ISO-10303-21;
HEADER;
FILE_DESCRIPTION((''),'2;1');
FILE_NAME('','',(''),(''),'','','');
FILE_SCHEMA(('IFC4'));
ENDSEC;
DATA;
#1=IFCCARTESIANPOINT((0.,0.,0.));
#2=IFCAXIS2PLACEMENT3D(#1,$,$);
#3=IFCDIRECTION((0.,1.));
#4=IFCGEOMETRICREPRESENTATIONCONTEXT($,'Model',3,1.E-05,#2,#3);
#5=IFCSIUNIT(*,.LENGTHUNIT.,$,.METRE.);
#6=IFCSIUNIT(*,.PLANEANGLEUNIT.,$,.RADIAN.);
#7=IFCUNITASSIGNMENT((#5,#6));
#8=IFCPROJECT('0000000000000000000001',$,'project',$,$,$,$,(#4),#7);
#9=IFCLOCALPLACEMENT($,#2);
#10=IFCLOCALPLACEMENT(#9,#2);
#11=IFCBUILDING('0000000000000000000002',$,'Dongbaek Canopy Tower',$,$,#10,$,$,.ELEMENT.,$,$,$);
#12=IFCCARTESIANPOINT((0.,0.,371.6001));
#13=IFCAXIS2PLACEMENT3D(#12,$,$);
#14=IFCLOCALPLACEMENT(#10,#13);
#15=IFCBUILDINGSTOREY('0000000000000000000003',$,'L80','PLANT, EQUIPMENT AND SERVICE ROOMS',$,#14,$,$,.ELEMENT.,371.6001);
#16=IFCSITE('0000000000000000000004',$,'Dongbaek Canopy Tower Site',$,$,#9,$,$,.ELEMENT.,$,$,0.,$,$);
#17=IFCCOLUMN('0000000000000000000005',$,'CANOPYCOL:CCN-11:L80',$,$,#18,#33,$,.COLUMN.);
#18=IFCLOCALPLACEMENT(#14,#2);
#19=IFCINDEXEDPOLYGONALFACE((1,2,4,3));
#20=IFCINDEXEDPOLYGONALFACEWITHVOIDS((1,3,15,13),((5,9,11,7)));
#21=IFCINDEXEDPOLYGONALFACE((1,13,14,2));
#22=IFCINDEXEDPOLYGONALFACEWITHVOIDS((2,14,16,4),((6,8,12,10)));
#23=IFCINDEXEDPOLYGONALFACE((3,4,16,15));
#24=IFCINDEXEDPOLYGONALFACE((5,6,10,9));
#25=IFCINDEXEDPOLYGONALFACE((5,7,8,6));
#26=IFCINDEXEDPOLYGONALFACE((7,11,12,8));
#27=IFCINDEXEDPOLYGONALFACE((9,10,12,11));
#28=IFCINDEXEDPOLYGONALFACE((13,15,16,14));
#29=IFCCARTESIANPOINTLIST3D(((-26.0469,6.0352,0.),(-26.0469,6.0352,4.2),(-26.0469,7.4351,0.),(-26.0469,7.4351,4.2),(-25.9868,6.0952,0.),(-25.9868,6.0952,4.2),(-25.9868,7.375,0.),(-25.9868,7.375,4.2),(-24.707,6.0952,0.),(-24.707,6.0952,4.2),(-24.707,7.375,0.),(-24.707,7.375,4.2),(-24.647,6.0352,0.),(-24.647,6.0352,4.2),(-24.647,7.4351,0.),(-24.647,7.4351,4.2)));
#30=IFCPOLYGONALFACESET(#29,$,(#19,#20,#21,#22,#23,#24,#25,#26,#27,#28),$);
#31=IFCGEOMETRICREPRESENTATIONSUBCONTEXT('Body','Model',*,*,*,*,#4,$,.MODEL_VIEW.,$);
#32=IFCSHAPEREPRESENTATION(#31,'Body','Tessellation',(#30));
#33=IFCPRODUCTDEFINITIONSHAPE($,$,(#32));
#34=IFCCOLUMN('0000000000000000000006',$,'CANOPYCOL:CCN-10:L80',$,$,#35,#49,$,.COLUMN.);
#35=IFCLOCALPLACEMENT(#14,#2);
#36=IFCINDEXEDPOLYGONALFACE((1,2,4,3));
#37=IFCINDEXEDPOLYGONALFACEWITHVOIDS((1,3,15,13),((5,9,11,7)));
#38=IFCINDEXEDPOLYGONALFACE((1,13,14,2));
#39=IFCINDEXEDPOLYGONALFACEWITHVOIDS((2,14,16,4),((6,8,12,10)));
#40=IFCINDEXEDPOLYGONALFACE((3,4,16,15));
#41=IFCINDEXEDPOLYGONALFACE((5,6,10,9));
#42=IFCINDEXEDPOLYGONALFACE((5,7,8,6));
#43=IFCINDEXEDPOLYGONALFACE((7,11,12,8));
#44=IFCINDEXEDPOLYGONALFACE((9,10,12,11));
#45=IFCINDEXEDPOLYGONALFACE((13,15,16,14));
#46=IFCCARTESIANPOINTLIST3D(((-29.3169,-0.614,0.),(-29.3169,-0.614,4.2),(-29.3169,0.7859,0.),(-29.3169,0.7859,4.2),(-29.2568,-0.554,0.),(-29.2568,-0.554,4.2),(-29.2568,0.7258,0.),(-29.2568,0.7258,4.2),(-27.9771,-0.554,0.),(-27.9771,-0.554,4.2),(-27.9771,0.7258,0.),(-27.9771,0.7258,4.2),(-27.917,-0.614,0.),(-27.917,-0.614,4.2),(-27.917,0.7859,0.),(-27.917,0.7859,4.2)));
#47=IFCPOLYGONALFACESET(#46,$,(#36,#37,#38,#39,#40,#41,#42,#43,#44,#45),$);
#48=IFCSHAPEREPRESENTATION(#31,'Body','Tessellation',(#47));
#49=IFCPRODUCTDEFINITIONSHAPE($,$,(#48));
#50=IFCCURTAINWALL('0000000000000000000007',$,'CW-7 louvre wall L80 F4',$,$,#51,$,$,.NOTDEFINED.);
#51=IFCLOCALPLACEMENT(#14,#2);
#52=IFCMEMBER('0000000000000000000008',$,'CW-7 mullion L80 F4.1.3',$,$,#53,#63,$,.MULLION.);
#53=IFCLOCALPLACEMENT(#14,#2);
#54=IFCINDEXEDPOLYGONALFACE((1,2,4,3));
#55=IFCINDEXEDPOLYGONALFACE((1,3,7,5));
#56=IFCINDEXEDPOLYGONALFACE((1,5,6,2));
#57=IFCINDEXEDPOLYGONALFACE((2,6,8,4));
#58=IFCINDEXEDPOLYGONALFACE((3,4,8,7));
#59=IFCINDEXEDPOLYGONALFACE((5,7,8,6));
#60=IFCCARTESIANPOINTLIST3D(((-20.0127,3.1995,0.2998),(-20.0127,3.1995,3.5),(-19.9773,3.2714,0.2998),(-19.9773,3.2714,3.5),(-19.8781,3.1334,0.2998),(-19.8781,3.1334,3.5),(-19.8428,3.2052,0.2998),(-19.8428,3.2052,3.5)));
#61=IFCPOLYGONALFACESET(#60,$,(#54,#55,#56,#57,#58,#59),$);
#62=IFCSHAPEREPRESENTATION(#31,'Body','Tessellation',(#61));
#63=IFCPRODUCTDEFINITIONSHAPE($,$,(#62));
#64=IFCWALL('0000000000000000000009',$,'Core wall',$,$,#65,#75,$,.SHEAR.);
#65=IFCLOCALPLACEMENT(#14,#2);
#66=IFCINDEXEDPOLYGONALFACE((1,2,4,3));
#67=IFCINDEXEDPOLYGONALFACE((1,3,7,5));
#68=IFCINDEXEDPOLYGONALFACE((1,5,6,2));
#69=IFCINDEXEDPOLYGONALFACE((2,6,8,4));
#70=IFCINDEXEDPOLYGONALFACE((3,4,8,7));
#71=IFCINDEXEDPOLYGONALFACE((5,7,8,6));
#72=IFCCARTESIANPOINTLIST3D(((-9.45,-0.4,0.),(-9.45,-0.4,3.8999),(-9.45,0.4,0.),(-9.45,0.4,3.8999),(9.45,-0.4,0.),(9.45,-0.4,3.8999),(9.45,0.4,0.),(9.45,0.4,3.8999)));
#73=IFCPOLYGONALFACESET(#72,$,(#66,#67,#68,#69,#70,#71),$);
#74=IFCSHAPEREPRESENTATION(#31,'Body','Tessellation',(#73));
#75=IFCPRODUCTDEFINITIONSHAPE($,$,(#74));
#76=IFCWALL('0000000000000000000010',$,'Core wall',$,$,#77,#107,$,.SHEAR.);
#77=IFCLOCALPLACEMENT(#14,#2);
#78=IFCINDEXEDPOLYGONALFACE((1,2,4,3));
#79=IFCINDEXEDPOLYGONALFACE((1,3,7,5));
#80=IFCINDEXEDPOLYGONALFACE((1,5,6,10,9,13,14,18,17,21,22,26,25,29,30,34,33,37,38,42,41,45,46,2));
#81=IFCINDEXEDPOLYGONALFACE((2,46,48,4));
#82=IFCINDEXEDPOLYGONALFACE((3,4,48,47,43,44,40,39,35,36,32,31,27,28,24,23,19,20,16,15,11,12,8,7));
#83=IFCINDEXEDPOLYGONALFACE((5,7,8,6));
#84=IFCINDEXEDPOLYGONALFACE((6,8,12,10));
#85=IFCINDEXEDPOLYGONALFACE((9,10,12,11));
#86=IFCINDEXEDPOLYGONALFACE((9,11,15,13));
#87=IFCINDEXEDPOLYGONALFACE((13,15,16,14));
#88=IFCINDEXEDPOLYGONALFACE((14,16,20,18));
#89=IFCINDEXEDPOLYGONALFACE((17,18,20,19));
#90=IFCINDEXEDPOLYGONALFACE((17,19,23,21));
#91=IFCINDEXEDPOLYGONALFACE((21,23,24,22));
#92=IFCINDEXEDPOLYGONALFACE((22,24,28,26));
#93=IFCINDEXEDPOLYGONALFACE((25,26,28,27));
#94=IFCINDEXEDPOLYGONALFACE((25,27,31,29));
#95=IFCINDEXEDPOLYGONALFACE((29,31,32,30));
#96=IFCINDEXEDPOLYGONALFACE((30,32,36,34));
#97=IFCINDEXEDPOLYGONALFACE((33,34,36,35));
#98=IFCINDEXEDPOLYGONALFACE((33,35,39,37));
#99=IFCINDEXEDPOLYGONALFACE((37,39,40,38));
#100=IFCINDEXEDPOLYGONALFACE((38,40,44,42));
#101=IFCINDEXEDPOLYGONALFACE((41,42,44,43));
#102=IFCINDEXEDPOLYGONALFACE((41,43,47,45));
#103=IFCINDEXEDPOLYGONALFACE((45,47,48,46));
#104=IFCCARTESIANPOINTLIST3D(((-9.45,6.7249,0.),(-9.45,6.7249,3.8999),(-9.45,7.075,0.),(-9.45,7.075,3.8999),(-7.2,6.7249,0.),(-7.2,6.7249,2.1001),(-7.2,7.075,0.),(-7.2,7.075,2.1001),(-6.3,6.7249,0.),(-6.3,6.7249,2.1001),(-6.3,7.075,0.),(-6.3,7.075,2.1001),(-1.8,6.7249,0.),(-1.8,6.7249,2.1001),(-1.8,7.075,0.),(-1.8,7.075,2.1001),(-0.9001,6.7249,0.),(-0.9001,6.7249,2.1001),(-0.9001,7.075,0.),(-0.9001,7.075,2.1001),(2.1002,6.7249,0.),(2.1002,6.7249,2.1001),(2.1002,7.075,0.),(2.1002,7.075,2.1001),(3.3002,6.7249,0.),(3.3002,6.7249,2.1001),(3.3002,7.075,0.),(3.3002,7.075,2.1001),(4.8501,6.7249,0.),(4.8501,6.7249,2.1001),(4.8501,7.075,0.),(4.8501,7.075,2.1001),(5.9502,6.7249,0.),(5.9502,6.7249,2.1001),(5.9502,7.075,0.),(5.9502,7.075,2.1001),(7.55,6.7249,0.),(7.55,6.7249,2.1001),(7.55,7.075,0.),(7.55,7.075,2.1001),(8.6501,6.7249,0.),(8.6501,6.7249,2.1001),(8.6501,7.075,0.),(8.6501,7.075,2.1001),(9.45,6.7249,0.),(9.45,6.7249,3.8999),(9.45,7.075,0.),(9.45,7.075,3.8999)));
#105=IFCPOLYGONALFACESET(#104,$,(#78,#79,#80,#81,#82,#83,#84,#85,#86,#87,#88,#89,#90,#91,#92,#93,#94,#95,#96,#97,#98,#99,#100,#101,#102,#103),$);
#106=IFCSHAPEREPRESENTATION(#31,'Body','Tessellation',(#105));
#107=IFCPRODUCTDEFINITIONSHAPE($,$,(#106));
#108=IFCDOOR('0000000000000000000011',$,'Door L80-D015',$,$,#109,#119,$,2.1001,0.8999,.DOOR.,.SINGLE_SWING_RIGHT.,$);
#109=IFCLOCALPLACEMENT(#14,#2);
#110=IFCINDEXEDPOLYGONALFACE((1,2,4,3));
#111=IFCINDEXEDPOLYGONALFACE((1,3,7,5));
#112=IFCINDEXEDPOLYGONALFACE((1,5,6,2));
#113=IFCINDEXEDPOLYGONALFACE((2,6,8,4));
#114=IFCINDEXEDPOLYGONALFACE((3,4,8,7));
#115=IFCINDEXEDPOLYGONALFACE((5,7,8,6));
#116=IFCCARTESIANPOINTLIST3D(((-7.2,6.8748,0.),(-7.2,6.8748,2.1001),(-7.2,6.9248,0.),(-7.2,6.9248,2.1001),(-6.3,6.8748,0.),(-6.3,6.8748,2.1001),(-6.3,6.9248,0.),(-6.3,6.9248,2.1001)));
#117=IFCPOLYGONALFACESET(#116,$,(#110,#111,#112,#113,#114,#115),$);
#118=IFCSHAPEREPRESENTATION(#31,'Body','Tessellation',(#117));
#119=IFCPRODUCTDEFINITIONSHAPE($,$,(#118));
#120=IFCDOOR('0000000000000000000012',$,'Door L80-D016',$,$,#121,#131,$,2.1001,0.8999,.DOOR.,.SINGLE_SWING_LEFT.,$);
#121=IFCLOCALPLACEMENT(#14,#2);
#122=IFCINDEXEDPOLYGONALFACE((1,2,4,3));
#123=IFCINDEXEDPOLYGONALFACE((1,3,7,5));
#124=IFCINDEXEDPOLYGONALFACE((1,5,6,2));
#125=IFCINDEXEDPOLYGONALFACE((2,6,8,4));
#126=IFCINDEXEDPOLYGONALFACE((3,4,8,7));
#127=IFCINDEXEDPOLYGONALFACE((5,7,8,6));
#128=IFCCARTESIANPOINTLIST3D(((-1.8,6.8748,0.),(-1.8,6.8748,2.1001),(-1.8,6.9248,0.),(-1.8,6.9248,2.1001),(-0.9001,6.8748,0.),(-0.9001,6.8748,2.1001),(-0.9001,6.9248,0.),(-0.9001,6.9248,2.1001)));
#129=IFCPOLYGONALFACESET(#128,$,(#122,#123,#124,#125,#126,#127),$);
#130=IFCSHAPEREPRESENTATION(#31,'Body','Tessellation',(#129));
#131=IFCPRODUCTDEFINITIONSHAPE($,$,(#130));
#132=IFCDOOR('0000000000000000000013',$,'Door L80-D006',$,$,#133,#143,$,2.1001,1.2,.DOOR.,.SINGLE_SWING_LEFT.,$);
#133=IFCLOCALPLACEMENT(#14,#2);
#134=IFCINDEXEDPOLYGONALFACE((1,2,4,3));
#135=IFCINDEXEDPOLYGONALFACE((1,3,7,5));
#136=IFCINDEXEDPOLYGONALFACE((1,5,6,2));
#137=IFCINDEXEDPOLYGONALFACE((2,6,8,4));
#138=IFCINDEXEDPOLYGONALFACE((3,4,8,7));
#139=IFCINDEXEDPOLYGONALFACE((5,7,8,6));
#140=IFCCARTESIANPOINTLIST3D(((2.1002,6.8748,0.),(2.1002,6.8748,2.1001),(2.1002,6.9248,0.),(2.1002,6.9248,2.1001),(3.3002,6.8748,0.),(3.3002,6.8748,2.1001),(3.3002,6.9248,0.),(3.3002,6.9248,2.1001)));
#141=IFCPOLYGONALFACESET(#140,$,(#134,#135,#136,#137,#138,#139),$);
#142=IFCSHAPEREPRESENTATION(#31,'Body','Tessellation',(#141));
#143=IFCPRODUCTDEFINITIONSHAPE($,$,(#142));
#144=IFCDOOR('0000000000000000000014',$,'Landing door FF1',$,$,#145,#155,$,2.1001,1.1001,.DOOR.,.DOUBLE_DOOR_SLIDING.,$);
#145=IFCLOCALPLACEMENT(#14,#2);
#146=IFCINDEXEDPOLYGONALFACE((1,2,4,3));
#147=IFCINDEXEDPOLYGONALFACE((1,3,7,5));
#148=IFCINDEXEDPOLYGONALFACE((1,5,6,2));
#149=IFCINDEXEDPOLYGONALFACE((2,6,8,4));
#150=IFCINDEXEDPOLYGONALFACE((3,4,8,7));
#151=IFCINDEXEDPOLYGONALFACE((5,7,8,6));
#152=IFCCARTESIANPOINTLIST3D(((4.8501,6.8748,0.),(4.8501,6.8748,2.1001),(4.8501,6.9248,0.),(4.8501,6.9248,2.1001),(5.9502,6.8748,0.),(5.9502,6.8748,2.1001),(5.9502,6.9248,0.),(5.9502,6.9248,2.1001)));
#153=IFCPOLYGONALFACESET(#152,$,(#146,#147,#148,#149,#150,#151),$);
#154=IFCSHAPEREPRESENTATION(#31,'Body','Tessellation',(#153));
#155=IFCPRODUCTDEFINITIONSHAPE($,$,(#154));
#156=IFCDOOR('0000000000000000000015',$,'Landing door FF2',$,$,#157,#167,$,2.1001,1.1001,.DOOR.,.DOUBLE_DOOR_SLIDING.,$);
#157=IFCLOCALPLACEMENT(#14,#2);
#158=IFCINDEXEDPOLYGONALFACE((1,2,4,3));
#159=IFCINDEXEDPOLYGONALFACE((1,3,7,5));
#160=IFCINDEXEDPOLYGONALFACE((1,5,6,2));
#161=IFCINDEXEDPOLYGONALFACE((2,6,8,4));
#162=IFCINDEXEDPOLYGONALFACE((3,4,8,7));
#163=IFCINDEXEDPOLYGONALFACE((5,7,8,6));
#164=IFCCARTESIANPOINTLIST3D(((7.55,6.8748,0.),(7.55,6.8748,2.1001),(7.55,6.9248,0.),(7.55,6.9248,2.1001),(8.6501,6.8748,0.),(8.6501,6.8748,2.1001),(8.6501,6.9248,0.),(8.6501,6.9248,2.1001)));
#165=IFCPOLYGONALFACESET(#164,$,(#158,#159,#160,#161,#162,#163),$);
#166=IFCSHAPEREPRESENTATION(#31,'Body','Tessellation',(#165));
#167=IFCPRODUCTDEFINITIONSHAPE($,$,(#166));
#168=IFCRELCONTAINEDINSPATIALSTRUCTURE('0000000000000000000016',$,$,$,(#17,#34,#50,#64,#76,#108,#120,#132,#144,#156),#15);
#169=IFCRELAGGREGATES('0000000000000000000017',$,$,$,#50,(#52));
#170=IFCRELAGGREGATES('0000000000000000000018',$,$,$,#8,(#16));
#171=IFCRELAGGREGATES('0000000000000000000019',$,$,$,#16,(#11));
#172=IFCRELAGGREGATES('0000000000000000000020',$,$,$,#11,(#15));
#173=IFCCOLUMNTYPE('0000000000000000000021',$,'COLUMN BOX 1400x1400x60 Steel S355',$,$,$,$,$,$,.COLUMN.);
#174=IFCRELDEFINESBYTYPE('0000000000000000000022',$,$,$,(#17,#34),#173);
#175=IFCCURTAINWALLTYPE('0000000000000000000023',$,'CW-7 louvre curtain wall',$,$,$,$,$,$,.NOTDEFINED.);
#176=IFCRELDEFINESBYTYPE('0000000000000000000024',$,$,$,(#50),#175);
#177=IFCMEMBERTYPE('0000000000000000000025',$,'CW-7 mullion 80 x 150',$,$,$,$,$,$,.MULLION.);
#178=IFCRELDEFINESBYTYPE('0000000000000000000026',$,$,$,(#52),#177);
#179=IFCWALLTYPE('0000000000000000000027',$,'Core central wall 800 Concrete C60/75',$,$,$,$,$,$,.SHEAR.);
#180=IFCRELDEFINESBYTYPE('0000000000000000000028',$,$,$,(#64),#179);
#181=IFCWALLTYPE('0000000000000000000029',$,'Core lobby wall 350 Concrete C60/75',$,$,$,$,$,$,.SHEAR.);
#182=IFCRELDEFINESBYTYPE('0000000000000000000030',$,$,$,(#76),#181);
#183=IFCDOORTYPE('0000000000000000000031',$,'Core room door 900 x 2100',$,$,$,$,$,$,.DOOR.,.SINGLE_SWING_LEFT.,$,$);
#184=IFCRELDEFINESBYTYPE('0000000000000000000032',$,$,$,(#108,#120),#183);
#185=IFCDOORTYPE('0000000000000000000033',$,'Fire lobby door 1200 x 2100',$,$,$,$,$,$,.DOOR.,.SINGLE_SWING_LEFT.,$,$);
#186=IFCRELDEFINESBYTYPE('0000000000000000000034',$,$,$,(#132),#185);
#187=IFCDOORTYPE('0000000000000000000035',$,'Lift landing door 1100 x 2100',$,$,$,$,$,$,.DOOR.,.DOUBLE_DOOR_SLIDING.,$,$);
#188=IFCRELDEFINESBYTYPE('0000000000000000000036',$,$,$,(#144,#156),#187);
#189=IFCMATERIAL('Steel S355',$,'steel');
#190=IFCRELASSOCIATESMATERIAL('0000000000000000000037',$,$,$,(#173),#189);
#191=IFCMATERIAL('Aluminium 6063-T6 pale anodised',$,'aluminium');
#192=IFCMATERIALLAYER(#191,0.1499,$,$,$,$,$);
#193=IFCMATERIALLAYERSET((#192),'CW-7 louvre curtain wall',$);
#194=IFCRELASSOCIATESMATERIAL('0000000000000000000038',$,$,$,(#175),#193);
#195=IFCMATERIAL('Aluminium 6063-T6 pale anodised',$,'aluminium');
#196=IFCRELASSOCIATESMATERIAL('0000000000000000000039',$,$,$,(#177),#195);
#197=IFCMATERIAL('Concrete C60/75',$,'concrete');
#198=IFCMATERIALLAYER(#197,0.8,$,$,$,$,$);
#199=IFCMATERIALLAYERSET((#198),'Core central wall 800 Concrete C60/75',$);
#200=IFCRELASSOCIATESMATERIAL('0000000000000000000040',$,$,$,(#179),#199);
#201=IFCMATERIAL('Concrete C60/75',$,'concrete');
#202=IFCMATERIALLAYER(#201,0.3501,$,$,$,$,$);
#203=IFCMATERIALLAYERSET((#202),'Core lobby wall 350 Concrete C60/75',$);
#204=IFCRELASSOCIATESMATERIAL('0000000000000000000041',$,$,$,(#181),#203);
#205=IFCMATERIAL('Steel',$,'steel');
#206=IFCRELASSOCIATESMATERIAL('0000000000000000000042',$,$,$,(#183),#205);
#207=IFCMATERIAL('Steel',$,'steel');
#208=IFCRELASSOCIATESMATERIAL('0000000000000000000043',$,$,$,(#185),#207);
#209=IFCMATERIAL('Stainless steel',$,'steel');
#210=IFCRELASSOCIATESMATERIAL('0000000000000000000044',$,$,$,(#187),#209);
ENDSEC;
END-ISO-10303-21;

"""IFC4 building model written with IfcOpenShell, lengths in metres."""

from ifc_helpers import new_model, si_unit, direction, frame, frame_2d, origin, origin_2d, place, context, subcontext, project, spatial, rectangle, hollow_rectangle, extrude, material, layer, layer_set, material_profile, profile_set, type_object, element, fill, aggregate, save


model = new_model("IFC4")

# Units and contexts
model_context = context("Model", 3, precision=1e-05, world=origin(), true_north=direction((0.0, 1.0)))
body_context = subcontext(model_context, "Body", "Model", "MODEL_VIEW")
ifc_project = project(units=[si_unit("LENGTHUNIT", "METRE"), si_unit("PLANEANGLEUNIT", "RADIAN")], contexts=[model_context])

# Site, building, storey
site_placement = place(None, origin())
site = spatial("IfcSite", under=ifc_project, at=site_placement, Name="Dongbaek Canopy Tower Site", CompositionType="ELEMENT", RefElevation=0.0)
building_placement = place(site_placement, origin())
building = spatial("IfcBuilding", under=site, at=building_placement, Name="Dongbaek Canopy Tower", CompositionType="ELEMENT")
storey_placement = place(building_placement, frame((0.0, 0.0, 371.6001)))
storey = spatial("IfcBuildingStorey", under=building, at=storey_placement, Name="L80", Description="PLANT, EQUIPMENT AND SERVICE ROOMS", CompositionType="ELEMENT", Elevation=371.6001)

# Columns
ifc_material_1 = material(Name="Steel S355", Category="steel")
ifc_material_profile_1 = material_profile(ifc_material_1, hollow_rectangle(XDim=1.3999, YDim=1.3999, WallThickness=0.0601, at=origin_2d()), Name="COLUMN BOX 1400x1400x60 Steel S355")
ifc_profile_set_1 = profile_set([ifc_material_profile_1], Name="Steel S355")
column_type = type_object("IfcColumnType", Name="COLUMN BOX 1400x1400x60 Steel S355", PredefinedType="COLUMN", material=ifc_profile_set_1)
for number, where, z_axis, x_axis, name in (
    (1, (-25.3469, 6.7351, 0.0), (0.0, 0.0, 1.0), (1.0, 0.0, 0.0), "CANOPYCOL:CCN-11:L80"),
    (2, (-28.6169, 0.0859, 0.0), (0.0, 0.0, 1.0), (1.0, 0.0, 0.0), "CANOPYCOL:CCN-10:L80"),
):
    element("IfcColumn", number, at=place(storey_placement, frame(where, z_axis=z_axis, x_axis=x_axis)), inside=storey, type_object=column_type, Name=name, PredefinedType="COLUMN", context=body_context, shape_type="SweptSolid", body=[
        extrude(hollow_rectangle(XDim=1.3999, YDim=1.3999, WallThickness=0.0601, at=origin_2d()), origin(), (0.0, 0.0, 1.0), 4.2),
    ])

# Curtain wall, member
ifc_material_2 = material(Name="Aluminium 6063-T6 pale anodised", Category="aluminium")
ifc_layer_1 = layer(ifc_material_2, 0.1499)
ifc_layer_set_1 = layer_set([ifc_layer_1], Name="CW-7 louvre curtain wall")
curtain_wall_type = type_object("IfcCurtainWallType", Name="CW-7 louvre curtain wall", PredefinedType="NOTDEFINED", material=ifc_layer_set_1)
curtain_wall_placement = place(storey_placement, origin())
curtain_wall = element("IfcCurtainWall", 3, at=curtain_wall_placement, inside=storey, type_object=curtain_wall_type, Name="CW-7 louvre wall L80 F4", PredefinedType="NOTDEFINED")
ifc_material_3 = material(Name="Aluminium 6063-T6 pale anodised", Category="aluminium")
ifc_material_profile_2 = material_profile(ifc_material_3, rectangle(XDim=0.1499, YDim=0.0801, at=origin_2d()), Name="CW-7 mullion 80 x 150")
ifc_profile_set_2 = profile_set([ifc_material_profile_2], Name="Aluminium 6063-T6 pale anodised")
member_type = type_object("IfcMemberType", Name="CW-7 mullion 80 x 150", PredefinedType="MULLION", material=ifc_profile_set_2)
member_placement = place(storey_placement, frame((-19.9277, 3.2024, 0.2998), z_axis=(0.0, 0.0, 1.0), x_axis=(-0.897339, 0.441342, 0.0)))
member = element("IfcMember", 4, at=member_placement, type_object=member_type, Name="CW-7 mullion L80 F4.1.3", PredefinedType="MULLION", context=body_context, shape_type="SweptSolid", body=[
    extrude(rectangle(XDim=0.1499, YDim=0.0801, at=origin_2d()), origin(), (0.0, 0.0, 1.0), 3.2002),
])

# Wall
ifc_material_4 = material(Name="Concrete C60/75", Category="concrete")
ifc_layer_2 = layer(ifc_material_4, 0.8)
ifc_layer_set_2 = layer_set([ifc_layer_2], Name="Core central wall 800 Concrete C60/75")
wall_type_1 = type_object("IfcWallType", Name="Core central wall 800 Concrete C60/75", PredefinedType="SHEAR", material=ifc_layer_set_2)
wall_1_placement = place(storey_placement, frame((-9.45, 0.0, 0.0), z_axis=(0.0, 0.0, 1.0), x_axis=(1.0, 0.0, 0.0)))
element("IfcWall", 5, at=wall_1_placement, inside=storey, type_object=wall_type_1, Name="Core wall", PredefinedType="SHEAR", context=body_context, shape_type="SweptSolid", body=[
    extrude(rectangle(XDim=18.8999, YDim=0.8, at=frame_2d((9.45, 0.0))), origin(), (0.0, 0.0, 1.0), 3.8999),
])

# Wall, openings, doors
ifc_material_5 = material(Name="Concrete C60/75", Category="concrete")
ifc_layer_3 = layer(ifc_material_5, 0.3501)
ifc_layer_set_3 = layer_set([ifc_layer_3], Name="Core lobby wall 350 Concrete C60/75")
wall_type_2 = type_object("IfcWallType", Name="Core lobby wall 350 Concrete C60/75", PredefinedType="SHEAR", material=ifc_layer_set_3)
wall_2_placement = place(storey_placement, frame((-9.45, 6.8999, 0.0), z_axis=(0.0, 0.0, 1.0), x_axis=(1.0, 0.0, 0.0)))
wall_2 = element("IfcWall", 6, at=wall_2_placement, inside=storey, type_object=wall_type_2, Name="Core wall", PredefinedType="SHEAR", context=body_context, shape_type="SweptSolid", body=[
    extrude(rectangle(XDim=18.8999, YDim=0.3501, at=frame_2d((9.45, 0.0))), origin(), (0.0, 0.0, 1.0), 3.8999),
])
opening_1_placement = place(wall_2_placement, frame((11.55, 0.0, 0.0)))
opening_1 = element("IfcOpeningElement", 7, at=opening_1_placement, cuts=wall_2, PredefinedType="OPENING", context=body_context, shape_type="SweptSolid", body=[
    extrude(rectangle(XDim=1.2, YDim=2.1001, at=frame_2d((0.6001, 1.05))), frame((0.0, 0.1851, 0.0), z_axis=(0.0, -1.0, 0.0), x_axis=(1.0, 0.0, 0.0)), (0.0, 0.0, 1.0), 0.3701),
])
opening_2_placement = place(wall_2_placement, frame((14.3, 0.0, 0.0)))
opening_2 = element("IfcOpeningElement", 8, at=opening_2_placement, cuts=wall_2, PredefinedType="OPENING", context=body_context, shape_type="SweptSolid", body=[
    extrude(rectangle(XDim=1.1001, YDim=2.1001, at=frame_2d((0.55, 1.05))), frame((0.0, 0.1851, 0.0), z_axis=(0.0, -1.0, 0.0), x_axis=(1.0, 0.0, 0.0)), (0.0, 0.0, 1.0), 0.3701),
])
opening_3_placement = place(wall_2_placement, frame((17.0, 0.0, 0.0)))
opening_3 = element("IfcOpeningElement", 9, at=opening_3_placement, cuts=wall_2, PredefinedType="OPENING", context=body_context, shape_type="SweptSolid", body=[
    extrude(rectangle(XDim=1.1001, YDim=2.1001, at=frame_2d((0.55, 1.05))), frame((0.0, 0.1851, 0.0), z_axis=(0.0, -1.0, 0.0), x_axis=(1.0, 0.0, 0.0)), (0.0, 0.0, 1.0), 0.3701),
])
opening_4_placement = place(wall_2_placement, frame((2.25, 0.0, 0.0)))
opening_4 = element("IfcOpeningElement", 10, at=opening_4_placement, cuts=wall_2, PredefinedType="OPENING", context=body_context, shape_type="SweptSolid", body=[
    extrude(rectangle(XDim=0.8999, YDim=2.1001, at=frame_2d((0.45, 1.05))), frame((0.0, 0.1851, 0.0), z_axis=(0.0, -1.0, 0.0), x_axis=(1.0, 0.0, 0.0)), (0.0, 0.0, 1.0), 0.3701),
])
opening_5_placement = place(wall_2_placement, frame((7.6499, 0.0, 0.0)))
opening_5 = element("IfcOpeningElement", 11, at=opening_5_placement, cuts=wall_2, PredefinedType="OPENING", context=body_context, shape_type="SweptSolid", body=[
    extrude(rectangle(XDim=0.8999, YDim=2.1001, at=frame_2d((0.45, 1.05))), frame((0.0, 0.1851, 0.0), z_axis=(0.0, -1.0, 0.0), x_axis=(1.0, 0.0, 0.0)), (0.0, 0.0, 1.0), 0.3701),
])
ifc_material_6 = material(Name="Steel", Category="steel")
door_type_1 = type_object("IfcDoorType", Name="Core room door 900 x 2100", OperationType="SINGLE_SWING_LEFT", PredefinedType="DOOR", material=ifc_material_6)
door_1_placement = place(opening_4_placement, origin())
door_1 = element("IfcDoor", 12, at=door_1_placement, inside=storey, type_object=door_type_1, Name="Door L80-D015", OperationType="SINGLE_SWING_RIGHT", OverallHeight=2.1001, OverallWidth=0.8999, PredefinedType="DOOR", context=body_context, shape_type="SweptSolid", body=[
    extrude(rectangle(XDim=0.8999, YDim=2.1001, at=frame_2d((0.45, 1.05))), frame((0.0, 0.0249, 0.0), z_axis=(0.0, -1.0, 0.0), x_axis=(1.0, 0.0, 0.0)), (0.0, 0.0, 1.0), 0.05),
])
fill(opening_4, door_1)
door_2_placement = place(opening_5_placement, origin())
door_2 = element("IfcDoor", 13, at=door_2_placement, inside=storey, type_object=door_type_1, Name="Door L80-D016", OperationType="SINGLE_SWING_LEFT", OverallHeight=2.1001, OverallWidth=0.8999, PredefinedType="DOOR", context=body_context, shape_type="SweptSolid", body=[
    extrude(rectangle(XDim=0.8999, YDim=2.1001, at=frame_2d((0.45, 1.05))), frame((0.0, 0.0249, 0.0), z_axis=(0.0, -1.0, 0.0), x_axis=(1.0, 0.0, 0.0)), (0.0, 0.0, 1.0), 0.05),
])
fill(opening_5, door_2)
ifc_material_7 = material(Name="Steel", Category="steel")
door_type_2 = type_object("IfcDoorType", Name="Fire lobby door 1200 x 2100", OperationType="SINGLE_SWING_LEFT", PredefinedType="DOOR", material=ifc_material_7)
door_3_placement = place(opening_1_placement, origin())
door_3 = element("IfcDoor", 14, at=door_3_placement, inside=storey, type_object=door_type_2, Name="Door L80-D006", OperationType="SINGLE_SWING_LEFT", OverallHeight=2.1001, OverallWidth=1.2, PredefinedType="DOOR", context=body_context, shape_type="SweptSolid", body=[
    extrude(rectangle(XDim=1.2, YDim=2.1001, at=frame_2d((0.6001, 1.05))), frame((0.0, 0.0249, 0.0), z_axis=(0.0, -1.0, 0.0), x_axis=(1.0, 0.0, 0.0)), (0.0, 0.0, 1.0), 0.05),
])
fill(opening_1, door_3)
ifc_material_8 = material(Name="Stainless steel", Category="steel")
door_type_3 = type_object("IfcDoorType", Name="Lift landing door 1100 x 2100", OperationType="DOUBLE_DOOR_SLIDING", PredefinedType="DOOR", material=ifc_material_8)
door_4_placement = place(opening_2_placement, origin())
door_4 = element("IfcDoor", 15, at=door_4_placement, inside=storey, type_object=door_type_3, Name="Landing door FF1", OperationType="DOUBLE_DOOR_SLIDING", OverallHeight=2.1001, OverallWidth=1.1001, PredefinedType="DOOR", context=body_context, shape_type="SweptSolid", body=[
    extrude(rectangle(XDim=1.1001, YDim=2.1001, at=frame_2d((0.55, 1.05))), frame((0.0, 0.0249, 0.0), z_axis=(0.0, -1.0, 0.0), x_axis=(1.0, 0.0, 0.0)), (0.0, 0.0, 1.0), 0.05),
])
fill(opening_2, door_4)
door_5_placement = place(opening_3_placement, origin())
door_5 = element("IfcDoor", 16, at=door_5_placement, inside=storey, type_object=door_type_3, Name="Landing door FF2", OperationType="DOUBLE_DOOR_SLIDING", OverallHeight=2.1001, OverallWidth=1.1001, PredefinedType="DOOR", context=body_context, shape_type="SweptSolid", body=[
    extrude(rectangle(XDim=1.1001, YDim=2.1001, at=frame_2d((0.55, 1.05))), frame((0.0, 0.0249, 0.0), z_axis=(0.0, -1.0, 0.0), x_axis=(1.0, 0.0, 0.0)), (0.0, 0.0, 1.0), 0.05),
])
fill(opening_3, door_5)

aggregate(curtain_wall, [member])

save(model, "model.ifc")
